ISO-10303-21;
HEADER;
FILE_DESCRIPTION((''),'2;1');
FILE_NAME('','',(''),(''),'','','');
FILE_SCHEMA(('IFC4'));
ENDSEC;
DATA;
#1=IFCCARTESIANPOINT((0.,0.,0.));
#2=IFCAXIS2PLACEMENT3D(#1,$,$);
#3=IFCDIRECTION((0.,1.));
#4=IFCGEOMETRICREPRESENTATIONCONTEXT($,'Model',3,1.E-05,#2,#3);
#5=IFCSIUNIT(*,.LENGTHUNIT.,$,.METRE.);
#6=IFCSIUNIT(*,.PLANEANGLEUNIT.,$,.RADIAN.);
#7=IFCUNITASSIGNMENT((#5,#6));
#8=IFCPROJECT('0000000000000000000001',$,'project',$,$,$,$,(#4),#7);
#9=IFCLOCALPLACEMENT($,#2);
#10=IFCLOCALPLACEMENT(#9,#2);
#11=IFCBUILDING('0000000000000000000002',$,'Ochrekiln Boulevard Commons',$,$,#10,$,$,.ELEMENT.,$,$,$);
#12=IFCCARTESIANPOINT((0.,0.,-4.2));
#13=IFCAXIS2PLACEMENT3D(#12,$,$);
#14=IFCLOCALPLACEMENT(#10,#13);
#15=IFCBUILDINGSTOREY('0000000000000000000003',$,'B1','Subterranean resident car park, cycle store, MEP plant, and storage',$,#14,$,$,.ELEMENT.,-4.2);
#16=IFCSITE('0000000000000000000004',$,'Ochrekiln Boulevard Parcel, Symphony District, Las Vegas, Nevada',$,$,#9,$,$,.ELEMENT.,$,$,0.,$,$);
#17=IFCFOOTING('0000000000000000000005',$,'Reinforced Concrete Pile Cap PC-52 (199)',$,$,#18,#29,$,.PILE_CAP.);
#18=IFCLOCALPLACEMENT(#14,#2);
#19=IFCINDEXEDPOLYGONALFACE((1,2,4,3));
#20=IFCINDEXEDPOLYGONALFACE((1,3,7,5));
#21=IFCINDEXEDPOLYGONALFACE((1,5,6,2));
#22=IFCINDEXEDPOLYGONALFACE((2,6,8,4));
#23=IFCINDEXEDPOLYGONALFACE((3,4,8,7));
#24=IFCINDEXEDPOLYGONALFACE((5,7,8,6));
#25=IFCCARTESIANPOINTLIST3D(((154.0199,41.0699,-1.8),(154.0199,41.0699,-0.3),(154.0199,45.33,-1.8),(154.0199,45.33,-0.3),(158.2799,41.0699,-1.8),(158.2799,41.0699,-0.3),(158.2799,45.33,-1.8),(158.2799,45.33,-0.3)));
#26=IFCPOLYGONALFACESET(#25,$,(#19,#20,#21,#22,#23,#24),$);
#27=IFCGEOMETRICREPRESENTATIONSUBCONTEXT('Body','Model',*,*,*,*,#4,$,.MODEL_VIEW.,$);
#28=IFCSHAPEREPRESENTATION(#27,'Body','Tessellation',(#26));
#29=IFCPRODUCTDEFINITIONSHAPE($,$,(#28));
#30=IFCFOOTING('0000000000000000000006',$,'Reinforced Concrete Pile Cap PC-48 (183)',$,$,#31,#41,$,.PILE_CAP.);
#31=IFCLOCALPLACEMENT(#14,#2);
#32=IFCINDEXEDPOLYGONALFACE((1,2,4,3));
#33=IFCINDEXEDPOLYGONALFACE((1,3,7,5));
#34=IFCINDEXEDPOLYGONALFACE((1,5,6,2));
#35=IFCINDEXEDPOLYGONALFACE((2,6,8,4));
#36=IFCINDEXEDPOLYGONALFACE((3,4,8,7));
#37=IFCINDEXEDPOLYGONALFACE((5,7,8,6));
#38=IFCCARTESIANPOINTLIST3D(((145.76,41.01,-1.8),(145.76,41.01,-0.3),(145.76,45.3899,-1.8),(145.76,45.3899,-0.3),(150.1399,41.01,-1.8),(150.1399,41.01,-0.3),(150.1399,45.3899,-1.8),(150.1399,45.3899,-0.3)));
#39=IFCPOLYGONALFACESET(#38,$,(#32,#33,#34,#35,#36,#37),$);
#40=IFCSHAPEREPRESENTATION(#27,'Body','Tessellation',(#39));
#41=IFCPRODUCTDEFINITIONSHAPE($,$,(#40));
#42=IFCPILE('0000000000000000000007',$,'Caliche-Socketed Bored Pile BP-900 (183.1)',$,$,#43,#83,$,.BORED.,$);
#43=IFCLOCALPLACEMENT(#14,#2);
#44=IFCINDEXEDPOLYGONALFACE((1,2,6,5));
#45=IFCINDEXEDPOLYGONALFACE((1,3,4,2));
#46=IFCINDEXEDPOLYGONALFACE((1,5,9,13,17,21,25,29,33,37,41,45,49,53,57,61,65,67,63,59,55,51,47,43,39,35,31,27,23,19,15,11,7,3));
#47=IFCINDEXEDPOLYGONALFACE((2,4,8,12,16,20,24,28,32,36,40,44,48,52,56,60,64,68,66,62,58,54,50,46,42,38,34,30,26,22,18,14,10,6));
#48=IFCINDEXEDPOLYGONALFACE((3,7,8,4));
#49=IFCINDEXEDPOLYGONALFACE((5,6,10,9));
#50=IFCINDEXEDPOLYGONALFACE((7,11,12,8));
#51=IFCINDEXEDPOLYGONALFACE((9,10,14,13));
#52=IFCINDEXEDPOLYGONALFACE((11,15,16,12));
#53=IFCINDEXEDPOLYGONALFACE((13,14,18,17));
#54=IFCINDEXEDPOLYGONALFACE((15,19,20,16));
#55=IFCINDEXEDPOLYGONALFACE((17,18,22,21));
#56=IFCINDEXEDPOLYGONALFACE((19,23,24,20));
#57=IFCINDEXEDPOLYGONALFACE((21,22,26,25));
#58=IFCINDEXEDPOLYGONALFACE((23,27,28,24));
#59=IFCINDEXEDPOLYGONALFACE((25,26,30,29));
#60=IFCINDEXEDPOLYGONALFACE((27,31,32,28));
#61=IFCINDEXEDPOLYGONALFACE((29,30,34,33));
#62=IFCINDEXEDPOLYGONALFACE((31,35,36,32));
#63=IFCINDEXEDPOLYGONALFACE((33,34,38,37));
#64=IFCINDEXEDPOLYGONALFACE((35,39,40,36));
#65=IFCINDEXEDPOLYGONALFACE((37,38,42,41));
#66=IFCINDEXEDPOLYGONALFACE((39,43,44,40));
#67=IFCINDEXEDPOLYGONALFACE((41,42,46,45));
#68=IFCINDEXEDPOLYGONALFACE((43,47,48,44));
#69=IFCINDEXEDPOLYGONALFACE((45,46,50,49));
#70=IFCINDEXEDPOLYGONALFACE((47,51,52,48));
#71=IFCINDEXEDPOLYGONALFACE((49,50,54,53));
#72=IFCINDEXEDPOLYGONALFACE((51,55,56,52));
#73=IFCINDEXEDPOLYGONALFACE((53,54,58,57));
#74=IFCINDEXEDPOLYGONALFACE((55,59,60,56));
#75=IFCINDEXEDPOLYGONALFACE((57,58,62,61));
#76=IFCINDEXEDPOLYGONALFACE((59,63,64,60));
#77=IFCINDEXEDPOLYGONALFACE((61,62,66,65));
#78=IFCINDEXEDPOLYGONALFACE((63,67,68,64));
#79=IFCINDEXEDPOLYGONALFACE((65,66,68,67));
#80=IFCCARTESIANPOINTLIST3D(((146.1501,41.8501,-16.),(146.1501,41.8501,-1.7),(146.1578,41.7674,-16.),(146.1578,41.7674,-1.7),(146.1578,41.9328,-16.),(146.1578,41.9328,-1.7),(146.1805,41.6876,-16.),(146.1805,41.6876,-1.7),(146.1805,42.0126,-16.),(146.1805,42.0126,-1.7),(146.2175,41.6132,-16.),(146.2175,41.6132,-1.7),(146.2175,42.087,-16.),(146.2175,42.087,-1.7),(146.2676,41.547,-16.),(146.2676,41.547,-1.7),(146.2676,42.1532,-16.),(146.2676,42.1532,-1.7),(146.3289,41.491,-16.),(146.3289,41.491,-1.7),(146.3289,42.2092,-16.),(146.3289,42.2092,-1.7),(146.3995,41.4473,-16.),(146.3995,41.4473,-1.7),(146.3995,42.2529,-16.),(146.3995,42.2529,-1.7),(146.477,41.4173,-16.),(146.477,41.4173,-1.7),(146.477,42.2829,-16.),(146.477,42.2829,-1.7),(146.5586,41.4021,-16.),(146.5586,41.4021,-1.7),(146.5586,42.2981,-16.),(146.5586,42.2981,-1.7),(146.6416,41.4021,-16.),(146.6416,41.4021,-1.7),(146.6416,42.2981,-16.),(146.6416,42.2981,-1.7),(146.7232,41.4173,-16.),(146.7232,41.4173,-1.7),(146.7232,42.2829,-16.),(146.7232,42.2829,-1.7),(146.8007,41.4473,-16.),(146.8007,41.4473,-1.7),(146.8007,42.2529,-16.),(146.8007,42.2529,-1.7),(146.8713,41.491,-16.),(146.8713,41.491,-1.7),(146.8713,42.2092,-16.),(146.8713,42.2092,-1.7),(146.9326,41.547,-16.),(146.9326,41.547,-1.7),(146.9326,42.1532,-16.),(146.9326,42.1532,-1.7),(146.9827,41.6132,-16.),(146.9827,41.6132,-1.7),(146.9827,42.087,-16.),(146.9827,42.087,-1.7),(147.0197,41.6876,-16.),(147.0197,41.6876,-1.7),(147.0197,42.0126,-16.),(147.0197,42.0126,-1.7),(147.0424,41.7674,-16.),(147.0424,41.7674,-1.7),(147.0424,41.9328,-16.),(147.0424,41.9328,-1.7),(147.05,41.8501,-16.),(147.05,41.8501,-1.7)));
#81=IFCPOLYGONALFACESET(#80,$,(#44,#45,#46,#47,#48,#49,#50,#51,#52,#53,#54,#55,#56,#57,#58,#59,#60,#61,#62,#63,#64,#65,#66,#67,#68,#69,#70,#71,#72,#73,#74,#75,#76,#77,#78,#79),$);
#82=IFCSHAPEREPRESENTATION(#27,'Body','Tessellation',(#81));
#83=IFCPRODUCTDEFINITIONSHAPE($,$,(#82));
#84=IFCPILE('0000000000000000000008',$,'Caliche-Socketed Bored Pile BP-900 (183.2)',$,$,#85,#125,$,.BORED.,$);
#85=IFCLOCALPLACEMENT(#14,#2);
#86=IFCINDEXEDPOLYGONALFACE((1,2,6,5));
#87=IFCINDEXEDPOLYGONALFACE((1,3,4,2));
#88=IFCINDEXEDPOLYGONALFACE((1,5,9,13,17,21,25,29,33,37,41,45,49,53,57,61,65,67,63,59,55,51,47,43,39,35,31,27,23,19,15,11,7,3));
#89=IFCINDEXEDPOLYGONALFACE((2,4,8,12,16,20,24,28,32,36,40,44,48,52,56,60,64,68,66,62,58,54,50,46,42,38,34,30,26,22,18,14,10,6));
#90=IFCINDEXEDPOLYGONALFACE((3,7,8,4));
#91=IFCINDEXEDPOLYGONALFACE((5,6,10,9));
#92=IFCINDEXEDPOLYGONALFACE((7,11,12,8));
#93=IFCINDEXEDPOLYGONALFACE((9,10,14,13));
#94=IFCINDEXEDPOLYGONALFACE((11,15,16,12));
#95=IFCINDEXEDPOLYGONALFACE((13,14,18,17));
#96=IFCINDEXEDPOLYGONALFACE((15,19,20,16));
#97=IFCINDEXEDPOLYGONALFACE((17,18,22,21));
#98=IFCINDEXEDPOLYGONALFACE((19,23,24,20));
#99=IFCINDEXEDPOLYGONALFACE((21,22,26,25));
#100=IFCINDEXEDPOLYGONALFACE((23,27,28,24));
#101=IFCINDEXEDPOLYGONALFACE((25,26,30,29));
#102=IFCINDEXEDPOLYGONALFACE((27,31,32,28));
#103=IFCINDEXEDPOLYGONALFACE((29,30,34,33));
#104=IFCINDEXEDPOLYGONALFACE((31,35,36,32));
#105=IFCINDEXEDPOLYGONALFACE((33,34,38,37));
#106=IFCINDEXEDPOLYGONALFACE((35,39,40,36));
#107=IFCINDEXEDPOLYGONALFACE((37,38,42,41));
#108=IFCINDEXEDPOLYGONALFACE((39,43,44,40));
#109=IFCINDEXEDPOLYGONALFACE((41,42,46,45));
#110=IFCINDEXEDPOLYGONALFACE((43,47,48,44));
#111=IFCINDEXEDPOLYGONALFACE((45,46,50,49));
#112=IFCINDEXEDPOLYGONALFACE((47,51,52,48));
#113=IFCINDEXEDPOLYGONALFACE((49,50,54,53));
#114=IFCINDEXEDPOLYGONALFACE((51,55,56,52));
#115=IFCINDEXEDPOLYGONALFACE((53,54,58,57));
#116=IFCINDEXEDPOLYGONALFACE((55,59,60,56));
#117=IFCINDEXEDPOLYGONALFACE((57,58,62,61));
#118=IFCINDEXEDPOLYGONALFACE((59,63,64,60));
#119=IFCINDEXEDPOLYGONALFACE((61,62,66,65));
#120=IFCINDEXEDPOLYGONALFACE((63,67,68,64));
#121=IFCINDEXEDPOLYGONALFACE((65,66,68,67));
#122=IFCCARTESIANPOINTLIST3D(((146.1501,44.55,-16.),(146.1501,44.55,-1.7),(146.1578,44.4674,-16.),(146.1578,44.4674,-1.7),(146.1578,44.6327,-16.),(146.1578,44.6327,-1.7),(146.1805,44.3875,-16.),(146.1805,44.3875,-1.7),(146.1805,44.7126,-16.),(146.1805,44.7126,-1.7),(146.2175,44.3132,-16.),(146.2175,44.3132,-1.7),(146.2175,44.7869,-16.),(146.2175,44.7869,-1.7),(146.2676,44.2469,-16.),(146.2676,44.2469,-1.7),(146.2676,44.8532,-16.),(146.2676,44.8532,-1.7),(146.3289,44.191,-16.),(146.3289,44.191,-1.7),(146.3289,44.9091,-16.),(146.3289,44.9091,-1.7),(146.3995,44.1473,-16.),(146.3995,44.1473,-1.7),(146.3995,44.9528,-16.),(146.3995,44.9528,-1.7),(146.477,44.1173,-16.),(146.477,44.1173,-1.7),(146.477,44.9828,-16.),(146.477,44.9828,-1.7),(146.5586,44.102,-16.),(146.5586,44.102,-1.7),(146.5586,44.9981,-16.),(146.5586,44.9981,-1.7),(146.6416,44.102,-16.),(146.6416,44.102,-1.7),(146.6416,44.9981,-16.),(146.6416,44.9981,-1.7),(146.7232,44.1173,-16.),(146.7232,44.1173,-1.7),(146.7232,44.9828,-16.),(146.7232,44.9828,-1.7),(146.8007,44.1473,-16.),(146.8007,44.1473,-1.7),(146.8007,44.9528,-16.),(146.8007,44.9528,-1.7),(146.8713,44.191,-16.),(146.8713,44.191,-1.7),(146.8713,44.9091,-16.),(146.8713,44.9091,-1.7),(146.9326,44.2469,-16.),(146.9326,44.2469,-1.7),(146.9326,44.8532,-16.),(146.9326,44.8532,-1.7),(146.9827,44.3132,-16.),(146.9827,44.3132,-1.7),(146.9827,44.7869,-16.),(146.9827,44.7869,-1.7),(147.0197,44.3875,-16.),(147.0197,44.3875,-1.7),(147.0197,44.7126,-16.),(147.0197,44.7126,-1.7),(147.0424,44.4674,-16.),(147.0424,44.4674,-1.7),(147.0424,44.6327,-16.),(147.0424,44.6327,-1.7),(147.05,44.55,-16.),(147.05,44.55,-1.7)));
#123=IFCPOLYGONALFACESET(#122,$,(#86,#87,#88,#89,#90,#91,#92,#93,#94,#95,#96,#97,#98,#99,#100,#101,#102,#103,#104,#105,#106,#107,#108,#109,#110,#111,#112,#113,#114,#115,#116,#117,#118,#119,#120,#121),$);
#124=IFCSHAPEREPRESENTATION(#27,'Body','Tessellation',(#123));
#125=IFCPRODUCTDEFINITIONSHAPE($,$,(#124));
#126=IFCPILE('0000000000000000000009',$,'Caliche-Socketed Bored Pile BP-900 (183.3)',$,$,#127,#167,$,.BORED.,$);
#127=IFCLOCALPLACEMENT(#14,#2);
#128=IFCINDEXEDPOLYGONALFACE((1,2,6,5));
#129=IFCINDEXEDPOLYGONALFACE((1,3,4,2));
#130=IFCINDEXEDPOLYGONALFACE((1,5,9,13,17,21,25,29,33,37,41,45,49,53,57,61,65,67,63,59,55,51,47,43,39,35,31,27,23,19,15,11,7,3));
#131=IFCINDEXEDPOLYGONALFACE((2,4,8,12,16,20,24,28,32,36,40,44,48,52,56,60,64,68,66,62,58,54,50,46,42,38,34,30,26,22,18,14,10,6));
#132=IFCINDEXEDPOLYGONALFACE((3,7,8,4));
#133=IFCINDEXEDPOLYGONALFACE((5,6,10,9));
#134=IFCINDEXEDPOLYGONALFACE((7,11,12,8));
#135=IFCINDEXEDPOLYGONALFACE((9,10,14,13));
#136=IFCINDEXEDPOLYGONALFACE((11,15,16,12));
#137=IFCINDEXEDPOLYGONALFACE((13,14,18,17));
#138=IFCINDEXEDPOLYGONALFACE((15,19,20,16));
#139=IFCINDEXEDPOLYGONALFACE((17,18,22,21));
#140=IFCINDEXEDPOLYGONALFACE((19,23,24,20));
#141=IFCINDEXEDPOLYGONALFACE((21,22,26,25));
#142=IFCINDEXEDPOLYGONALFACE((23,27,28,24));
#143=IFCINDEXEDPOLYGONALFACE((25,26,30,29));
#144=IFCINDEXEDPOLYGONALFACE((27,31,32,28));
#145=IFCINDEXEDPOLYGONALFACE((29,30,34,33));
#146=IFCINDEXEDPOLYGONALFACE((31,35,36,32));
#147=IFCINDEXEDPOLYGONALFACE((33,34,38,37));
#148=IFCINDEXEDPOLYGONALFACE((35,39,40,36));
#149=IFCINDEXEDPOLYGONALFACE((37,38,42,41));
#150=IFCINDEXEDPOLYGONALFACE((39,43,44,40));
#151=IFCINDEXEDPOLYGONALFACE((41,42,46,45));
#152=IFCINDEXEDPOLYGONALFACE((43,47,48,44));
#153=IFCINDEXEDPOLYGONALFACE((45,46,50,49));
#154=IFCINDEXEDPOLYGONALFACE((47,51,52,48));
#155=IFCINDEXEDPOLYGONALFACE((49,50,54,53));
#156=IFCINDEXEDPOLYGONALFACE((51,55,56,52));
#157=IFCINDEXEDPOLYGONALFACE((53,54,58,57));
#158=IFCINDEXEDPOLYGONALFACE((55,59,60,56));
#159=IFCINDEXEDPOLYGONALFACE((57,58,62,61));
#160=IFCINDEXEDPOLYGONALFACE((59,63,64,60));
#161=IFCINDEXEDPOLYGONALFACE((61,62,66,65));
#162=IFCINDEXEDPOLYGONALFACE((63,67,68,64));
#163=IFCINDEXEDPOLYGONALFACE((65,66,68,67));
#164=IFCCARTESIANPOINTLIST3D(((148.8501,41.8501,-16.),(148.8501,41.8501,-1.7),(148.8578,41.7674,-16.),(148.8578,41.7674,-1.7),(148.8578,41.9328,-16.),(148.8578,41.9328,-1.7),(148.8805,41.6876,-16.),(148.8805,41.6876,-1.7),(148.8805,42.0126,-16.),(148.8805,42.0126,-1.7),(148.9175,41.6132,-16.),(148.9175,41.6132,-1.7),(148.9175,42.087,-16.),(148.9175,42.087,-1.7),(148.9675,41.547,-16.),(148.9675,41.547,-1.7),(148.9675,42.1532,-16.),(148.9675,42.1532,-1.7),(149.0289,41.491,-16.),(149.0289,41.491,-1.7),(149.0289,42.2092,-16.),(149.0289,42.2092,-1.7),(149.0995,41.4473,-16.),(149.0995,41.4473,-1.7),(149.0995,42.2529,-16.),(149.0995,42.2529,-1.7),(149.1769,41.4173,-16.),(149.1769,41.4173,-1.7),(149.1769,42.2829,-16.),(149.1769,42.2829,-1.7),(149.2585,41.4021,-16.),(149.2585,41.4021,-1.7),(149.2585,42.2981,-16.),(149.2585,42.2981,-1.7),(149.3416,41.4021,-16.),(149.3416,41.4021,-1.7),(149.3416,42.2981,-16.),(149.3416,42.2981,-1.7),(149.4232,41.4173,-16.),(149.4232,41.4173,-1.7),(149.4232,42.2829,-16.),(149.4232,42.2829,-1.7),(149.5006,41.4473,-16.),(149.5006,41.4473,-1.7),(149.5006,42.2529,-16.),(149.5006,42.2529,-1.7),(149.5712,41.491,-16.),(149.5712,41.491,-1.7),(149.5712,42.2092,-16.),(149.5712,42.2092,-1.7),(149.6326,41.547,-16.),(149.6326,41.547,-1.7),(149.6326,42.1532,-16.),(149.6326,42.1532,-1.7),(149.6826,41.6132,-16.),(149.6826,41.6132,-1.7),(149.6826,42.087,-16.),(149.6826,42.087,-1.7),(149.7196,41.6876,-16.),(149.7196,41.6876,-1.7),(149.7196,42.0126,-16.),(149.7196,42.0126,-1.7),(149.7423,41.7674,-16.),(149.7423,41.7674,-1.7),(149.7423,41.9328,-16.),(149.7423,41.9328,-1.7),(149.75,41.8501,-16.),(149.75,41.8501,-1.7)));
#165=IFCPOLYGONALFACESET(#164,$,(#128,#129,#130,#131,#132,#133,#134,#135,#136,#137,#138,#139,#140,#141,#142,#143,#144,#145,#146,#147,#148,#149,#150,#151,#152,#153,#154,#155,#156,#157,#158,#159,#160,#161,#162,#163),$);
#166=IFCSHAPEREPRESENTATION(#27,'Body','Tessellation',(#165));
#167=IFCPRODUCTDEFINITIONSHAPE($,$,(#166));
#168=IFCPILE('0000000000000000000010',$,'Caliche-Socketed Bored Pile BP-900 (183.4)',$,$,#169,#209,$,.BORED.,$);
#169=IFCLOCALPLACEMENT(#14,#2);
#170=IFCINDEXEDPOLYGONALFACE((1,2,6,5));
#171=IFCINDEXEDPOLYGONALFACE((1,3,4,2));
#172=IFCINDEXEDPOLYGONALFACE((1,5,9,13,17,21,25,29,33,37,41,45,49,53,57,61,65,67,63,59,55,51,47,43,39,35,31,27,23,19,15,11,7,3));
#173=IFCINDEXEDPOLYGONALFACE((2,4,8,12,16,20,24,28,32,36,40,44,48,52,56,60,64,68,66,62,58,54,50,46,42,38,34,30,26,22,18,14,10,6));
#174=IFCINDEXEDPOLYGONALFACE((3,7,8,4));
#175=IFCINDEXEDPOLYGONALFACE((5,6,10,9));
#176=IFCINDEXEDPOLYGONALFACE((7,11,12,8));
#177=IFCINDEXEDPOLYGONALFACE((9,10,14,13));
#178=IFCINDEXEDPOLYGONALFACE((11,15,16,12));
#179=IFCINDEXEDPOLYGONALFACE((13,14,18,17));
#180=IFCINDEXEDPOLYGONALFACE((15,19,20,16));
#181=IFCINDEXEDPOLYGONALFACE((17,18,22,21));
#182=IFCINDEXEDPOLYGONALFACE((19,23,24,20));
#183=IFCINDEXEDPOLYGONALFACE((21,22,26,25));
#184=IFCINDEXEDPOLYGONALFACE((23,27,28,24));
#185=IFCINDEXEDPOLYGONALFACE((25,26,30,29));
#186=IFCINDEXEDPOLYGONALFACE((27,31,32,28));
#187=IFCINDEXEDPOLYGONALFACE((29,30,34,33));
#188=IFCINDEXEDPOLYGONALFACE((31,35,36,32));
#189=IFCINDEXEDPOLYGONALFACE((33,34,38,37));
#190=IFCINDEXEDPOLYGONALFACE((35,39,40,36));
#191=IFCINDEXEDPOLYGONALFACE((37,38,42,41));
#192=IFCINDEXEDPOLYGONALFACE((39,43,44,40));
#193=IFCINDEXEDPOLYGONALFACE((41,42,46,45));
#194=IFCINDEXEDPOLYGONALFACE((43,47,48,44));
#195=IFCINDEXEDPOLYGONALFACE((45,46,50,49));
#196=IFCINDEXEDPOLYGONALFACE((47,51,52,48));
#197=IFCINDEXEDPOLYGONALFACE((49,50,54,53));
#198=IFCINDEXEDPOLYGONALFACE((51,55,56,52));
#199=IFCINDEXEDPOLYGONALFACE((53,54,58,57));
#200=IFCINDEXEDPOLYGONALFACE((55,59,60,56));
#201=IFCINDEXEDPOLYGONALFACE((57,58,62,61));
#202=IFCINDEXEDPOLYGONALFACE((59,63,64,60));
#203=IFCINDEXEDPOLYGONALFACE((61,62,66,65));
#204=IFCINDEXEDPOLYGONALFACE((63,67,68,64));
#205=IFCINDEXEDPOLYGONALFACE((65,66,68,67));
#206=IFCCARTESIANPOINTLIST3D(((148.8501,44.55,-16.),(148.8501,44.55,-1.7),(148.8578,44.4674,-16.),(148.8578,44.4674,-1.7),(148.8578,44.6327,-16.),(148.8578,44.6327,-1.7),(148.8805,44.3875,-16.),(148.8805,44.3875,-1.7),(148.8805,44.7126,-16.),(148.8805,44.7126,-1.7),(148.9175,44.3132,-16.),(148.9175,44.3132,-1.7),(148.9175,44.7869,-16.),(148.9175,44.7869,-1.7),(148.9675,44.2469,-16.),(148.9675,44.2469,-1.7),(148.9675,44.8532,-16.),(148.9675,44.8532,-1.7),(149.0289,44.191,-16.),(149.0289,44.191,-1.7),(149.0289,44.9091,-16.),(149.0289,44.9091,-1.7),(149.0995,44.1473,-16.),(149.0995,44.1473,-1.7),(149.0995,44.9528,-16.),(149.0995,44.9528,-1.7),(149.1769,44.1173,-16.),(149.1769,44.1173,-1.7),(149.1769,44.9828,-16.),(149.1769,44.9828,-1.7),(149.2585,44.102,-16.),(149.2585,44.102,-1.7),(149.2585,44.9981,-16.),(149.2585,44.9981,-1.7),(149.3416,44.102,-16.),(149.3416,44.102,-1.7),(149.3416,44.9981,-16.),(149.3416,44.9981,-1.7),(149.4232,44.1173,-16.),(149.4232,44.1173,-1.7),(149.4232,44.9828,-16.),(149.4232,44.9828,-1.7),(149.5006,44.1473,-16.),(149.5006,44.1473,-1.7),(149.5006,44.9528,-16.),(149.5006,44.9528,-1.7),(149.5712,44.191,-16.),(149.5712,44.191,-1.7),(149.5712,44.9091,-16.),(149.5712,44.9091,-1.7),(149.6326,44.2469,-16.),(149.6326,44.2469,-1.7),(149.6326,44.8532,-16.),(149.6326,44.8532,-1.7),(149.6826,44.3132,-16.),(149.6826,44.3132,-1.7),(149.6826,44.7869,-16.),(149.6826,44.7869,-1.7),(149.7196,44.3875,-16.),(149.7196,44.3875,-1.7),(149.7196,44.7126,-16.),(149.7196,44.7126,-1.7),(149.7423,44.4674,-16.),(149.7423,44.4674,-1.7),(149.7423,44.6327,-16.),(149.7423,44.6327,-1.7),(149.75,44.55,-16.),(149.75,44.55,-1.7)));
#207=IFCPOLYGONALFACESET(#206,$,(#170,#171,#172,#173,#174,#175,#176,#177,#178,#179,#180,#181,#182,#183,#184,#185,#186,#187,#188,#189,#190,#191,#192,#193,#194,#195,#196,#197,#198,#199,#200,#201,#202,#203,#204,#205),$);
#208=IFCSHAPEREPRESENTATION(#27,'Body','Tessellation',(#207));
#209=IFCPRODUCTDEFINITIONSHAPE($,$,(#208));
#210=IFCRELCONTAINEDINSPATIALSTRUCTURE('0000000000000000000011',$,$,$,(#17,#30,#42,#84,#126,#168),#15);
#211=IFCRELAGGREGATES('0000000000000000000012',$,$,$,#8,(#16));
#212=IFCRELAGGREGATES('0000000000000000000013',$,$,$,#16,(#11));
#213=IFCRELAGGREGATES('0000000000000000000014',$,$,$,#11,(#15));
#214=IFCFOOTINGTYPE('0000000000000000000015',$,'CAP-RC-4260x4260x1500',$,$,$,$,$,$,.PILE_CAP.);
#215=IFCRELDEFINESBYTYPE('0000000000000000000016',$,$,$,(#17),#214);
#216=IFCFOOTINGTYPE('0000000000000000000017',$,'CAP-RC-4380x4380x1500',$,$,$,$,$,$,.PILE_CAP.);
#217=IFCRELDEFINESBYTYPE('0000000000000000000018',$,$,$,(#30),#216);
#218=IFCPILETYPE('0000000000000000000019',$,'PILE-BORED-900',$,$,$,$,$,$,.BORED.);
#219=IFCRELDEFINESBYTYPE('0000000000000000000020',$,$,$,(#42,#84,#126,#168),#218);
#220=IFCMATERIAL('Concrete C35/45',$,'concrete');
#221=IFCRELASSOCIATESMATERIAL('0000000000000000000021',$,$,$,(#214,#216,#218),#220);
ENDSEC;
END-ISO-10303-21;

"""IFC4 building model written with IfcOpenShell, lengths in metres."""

from ifc_helpers import new_model, si_unit, direction, frame, origin, origin_2d, place, context, subcontext, project, spatial, rectangle, circle, extrude, material, material_profile, profile_set, type_object, element, save


model = new_model("IFC4")

# Units and contexts
model_context = context("Model", 3, precision=1e-05, world=origin(), true_north=direction((0.0, 1.0)))
body_context = subcontext(model_context, "Body", "Model", "MODEL_VIEW")
ifc_project = project(units=[si_unit("LENGTHUNIT", "METRE"), si_unit("PLANEANGLEUNIT", "RADIAN")], contexts=[model_context])

# Site, building, storey
site_placement = place(None, origin())
site = spatial("IfcSite", under=ifc_project, at=site_placement, Name="Ochrekiln Boulevard Parcel, Symphony District, Las Vegas, Nevada", CompositionType="ELEMENT", RefElevation=0.0)
building_placement = place(site_placement, origin())
building = spatial("IfcBuilding", under=site, at=building_placement, Name="Ochrekiln Boulevard Commons", CompositionType="ELEMENT")
storey_placement = place(building_placement, frame((0.0, 0.0, -4.2)))
storey = spatial("IfcBuildingStorey", under=building, at=storey_placement, Name="B1", Description="Subterranean resident car park, cycle store, MEP plant, and storage", CompositionType="ELEMENT", Elevation=-4.2)

# Footings
ifc_material_1 = material(Name="Concrete C35/45", Category="concrete")
footing_type_1 = type_object("IfcFootingType", Name="CAP-RC-4260x4260x1500", PredefinedType="PILE_CAP", material=ifc_material_1)
footing_1_placement = place(storey_placement, frame((156.1499, 43.2, -1.8), z_axis=(0.0, 0.0, 1.0), x_axis=(1.0, 0.0, 0.0)))
element("IfcFooting", 1, at=footing_1_placement, inside=storey, type_object=footing_type_1, Name="Reinforced Concrete Pile Cap PC-52 (199)", PredefinedType="PILE_CAP", context=body_context, shape_type="SweptSolid", body=[
    extrude(rectangle(XDim=4.26, YDim=4.26, at=origin_2d()), origin(), (0.0, 0.0, 1.0), 1.5),
])
footing_type_2 = type_object("IfcFootingType", Name="CAP-RC-4380x4380x1500", PredefinedType="PILE_CAP", material=ifc_material_1)
footing_2_placement = place(storey_placement, frame((147.95, 43.2, -1.8), z_axis=(0.0, 0.0, 1.0), x_axis=(1.0, 0.0, 0.0)))
element("IfcFooting", 2, at=footing_2_placement, inside=storey, type_object=footing_type_2, Name="Reinforced Concrete Pile Cap PC-48 (183)", PredefinedType="PILE_CAP", context=body_context, shape_type="SweptSolid", body=[
    extrude(rectangle(XDim=4.3799, YDim=4.3799, at=origin_2d()), origin(), (0.0, 0.0, 1.0), 1.5),
])

# Piles
ifc_material_profile_1 = material_profile(ifc_material_1, circle(Radius=0.45, at=origin_2d()), Name="PILE-D900")
ifc_profile_set_1 = profile_set([ifc_material_profile_1], Name="Concrete C35/45")
pile_type = type_object("IfcPileType", Name="PILE-BORED-900", PredefinedType="BORED", material=ifc_profile_set_1)
for number, where, z_axis, x_axis, name in (
    (3, (146.6001, 41.8501, -1.7), (0.0, 0.0, -1.0), (1.0, 0.0, 0.0), "Caliche-Socketed Bored Pile BP-900 (183.1)"),
    (4, (146.6001, 44.55, -1.7), (0.0, 0.0, -1.0), (1.0, 0.0, 0.0), "Caliche-Socketed Bored Pile BP-900 (183.2)"),
    (5, (149.3, 41.8501, -1.7), (0.0, 0.0, -1.0), (1.0, 0.0, 0.0), "Caliche-Socketed Bored Pile BP-900 (183.3)"),
    (6, (149.3, 44.55, -1.7), (0.0, 0.0, -1.0), (1.0, 0.0, 0.0), "Caliche-Socketed Bored Pile BP-900 (183.4)"),
):
    element("IfcPile", number, at=place(storey_placement, frame(where, z_axis=z_axis, x_axis=x_axis)), inside=storey, type_object=pile_type, Name=name, PredefinedType="BORED", context=body_context, shape_type="SweptSolid", body=[
        extrude(circle(Radius=0.45, at=origin_2d()), origin(), (0.0, 0.0, 1.0), 14.3),
    ])

save(model, "model.ifc")
